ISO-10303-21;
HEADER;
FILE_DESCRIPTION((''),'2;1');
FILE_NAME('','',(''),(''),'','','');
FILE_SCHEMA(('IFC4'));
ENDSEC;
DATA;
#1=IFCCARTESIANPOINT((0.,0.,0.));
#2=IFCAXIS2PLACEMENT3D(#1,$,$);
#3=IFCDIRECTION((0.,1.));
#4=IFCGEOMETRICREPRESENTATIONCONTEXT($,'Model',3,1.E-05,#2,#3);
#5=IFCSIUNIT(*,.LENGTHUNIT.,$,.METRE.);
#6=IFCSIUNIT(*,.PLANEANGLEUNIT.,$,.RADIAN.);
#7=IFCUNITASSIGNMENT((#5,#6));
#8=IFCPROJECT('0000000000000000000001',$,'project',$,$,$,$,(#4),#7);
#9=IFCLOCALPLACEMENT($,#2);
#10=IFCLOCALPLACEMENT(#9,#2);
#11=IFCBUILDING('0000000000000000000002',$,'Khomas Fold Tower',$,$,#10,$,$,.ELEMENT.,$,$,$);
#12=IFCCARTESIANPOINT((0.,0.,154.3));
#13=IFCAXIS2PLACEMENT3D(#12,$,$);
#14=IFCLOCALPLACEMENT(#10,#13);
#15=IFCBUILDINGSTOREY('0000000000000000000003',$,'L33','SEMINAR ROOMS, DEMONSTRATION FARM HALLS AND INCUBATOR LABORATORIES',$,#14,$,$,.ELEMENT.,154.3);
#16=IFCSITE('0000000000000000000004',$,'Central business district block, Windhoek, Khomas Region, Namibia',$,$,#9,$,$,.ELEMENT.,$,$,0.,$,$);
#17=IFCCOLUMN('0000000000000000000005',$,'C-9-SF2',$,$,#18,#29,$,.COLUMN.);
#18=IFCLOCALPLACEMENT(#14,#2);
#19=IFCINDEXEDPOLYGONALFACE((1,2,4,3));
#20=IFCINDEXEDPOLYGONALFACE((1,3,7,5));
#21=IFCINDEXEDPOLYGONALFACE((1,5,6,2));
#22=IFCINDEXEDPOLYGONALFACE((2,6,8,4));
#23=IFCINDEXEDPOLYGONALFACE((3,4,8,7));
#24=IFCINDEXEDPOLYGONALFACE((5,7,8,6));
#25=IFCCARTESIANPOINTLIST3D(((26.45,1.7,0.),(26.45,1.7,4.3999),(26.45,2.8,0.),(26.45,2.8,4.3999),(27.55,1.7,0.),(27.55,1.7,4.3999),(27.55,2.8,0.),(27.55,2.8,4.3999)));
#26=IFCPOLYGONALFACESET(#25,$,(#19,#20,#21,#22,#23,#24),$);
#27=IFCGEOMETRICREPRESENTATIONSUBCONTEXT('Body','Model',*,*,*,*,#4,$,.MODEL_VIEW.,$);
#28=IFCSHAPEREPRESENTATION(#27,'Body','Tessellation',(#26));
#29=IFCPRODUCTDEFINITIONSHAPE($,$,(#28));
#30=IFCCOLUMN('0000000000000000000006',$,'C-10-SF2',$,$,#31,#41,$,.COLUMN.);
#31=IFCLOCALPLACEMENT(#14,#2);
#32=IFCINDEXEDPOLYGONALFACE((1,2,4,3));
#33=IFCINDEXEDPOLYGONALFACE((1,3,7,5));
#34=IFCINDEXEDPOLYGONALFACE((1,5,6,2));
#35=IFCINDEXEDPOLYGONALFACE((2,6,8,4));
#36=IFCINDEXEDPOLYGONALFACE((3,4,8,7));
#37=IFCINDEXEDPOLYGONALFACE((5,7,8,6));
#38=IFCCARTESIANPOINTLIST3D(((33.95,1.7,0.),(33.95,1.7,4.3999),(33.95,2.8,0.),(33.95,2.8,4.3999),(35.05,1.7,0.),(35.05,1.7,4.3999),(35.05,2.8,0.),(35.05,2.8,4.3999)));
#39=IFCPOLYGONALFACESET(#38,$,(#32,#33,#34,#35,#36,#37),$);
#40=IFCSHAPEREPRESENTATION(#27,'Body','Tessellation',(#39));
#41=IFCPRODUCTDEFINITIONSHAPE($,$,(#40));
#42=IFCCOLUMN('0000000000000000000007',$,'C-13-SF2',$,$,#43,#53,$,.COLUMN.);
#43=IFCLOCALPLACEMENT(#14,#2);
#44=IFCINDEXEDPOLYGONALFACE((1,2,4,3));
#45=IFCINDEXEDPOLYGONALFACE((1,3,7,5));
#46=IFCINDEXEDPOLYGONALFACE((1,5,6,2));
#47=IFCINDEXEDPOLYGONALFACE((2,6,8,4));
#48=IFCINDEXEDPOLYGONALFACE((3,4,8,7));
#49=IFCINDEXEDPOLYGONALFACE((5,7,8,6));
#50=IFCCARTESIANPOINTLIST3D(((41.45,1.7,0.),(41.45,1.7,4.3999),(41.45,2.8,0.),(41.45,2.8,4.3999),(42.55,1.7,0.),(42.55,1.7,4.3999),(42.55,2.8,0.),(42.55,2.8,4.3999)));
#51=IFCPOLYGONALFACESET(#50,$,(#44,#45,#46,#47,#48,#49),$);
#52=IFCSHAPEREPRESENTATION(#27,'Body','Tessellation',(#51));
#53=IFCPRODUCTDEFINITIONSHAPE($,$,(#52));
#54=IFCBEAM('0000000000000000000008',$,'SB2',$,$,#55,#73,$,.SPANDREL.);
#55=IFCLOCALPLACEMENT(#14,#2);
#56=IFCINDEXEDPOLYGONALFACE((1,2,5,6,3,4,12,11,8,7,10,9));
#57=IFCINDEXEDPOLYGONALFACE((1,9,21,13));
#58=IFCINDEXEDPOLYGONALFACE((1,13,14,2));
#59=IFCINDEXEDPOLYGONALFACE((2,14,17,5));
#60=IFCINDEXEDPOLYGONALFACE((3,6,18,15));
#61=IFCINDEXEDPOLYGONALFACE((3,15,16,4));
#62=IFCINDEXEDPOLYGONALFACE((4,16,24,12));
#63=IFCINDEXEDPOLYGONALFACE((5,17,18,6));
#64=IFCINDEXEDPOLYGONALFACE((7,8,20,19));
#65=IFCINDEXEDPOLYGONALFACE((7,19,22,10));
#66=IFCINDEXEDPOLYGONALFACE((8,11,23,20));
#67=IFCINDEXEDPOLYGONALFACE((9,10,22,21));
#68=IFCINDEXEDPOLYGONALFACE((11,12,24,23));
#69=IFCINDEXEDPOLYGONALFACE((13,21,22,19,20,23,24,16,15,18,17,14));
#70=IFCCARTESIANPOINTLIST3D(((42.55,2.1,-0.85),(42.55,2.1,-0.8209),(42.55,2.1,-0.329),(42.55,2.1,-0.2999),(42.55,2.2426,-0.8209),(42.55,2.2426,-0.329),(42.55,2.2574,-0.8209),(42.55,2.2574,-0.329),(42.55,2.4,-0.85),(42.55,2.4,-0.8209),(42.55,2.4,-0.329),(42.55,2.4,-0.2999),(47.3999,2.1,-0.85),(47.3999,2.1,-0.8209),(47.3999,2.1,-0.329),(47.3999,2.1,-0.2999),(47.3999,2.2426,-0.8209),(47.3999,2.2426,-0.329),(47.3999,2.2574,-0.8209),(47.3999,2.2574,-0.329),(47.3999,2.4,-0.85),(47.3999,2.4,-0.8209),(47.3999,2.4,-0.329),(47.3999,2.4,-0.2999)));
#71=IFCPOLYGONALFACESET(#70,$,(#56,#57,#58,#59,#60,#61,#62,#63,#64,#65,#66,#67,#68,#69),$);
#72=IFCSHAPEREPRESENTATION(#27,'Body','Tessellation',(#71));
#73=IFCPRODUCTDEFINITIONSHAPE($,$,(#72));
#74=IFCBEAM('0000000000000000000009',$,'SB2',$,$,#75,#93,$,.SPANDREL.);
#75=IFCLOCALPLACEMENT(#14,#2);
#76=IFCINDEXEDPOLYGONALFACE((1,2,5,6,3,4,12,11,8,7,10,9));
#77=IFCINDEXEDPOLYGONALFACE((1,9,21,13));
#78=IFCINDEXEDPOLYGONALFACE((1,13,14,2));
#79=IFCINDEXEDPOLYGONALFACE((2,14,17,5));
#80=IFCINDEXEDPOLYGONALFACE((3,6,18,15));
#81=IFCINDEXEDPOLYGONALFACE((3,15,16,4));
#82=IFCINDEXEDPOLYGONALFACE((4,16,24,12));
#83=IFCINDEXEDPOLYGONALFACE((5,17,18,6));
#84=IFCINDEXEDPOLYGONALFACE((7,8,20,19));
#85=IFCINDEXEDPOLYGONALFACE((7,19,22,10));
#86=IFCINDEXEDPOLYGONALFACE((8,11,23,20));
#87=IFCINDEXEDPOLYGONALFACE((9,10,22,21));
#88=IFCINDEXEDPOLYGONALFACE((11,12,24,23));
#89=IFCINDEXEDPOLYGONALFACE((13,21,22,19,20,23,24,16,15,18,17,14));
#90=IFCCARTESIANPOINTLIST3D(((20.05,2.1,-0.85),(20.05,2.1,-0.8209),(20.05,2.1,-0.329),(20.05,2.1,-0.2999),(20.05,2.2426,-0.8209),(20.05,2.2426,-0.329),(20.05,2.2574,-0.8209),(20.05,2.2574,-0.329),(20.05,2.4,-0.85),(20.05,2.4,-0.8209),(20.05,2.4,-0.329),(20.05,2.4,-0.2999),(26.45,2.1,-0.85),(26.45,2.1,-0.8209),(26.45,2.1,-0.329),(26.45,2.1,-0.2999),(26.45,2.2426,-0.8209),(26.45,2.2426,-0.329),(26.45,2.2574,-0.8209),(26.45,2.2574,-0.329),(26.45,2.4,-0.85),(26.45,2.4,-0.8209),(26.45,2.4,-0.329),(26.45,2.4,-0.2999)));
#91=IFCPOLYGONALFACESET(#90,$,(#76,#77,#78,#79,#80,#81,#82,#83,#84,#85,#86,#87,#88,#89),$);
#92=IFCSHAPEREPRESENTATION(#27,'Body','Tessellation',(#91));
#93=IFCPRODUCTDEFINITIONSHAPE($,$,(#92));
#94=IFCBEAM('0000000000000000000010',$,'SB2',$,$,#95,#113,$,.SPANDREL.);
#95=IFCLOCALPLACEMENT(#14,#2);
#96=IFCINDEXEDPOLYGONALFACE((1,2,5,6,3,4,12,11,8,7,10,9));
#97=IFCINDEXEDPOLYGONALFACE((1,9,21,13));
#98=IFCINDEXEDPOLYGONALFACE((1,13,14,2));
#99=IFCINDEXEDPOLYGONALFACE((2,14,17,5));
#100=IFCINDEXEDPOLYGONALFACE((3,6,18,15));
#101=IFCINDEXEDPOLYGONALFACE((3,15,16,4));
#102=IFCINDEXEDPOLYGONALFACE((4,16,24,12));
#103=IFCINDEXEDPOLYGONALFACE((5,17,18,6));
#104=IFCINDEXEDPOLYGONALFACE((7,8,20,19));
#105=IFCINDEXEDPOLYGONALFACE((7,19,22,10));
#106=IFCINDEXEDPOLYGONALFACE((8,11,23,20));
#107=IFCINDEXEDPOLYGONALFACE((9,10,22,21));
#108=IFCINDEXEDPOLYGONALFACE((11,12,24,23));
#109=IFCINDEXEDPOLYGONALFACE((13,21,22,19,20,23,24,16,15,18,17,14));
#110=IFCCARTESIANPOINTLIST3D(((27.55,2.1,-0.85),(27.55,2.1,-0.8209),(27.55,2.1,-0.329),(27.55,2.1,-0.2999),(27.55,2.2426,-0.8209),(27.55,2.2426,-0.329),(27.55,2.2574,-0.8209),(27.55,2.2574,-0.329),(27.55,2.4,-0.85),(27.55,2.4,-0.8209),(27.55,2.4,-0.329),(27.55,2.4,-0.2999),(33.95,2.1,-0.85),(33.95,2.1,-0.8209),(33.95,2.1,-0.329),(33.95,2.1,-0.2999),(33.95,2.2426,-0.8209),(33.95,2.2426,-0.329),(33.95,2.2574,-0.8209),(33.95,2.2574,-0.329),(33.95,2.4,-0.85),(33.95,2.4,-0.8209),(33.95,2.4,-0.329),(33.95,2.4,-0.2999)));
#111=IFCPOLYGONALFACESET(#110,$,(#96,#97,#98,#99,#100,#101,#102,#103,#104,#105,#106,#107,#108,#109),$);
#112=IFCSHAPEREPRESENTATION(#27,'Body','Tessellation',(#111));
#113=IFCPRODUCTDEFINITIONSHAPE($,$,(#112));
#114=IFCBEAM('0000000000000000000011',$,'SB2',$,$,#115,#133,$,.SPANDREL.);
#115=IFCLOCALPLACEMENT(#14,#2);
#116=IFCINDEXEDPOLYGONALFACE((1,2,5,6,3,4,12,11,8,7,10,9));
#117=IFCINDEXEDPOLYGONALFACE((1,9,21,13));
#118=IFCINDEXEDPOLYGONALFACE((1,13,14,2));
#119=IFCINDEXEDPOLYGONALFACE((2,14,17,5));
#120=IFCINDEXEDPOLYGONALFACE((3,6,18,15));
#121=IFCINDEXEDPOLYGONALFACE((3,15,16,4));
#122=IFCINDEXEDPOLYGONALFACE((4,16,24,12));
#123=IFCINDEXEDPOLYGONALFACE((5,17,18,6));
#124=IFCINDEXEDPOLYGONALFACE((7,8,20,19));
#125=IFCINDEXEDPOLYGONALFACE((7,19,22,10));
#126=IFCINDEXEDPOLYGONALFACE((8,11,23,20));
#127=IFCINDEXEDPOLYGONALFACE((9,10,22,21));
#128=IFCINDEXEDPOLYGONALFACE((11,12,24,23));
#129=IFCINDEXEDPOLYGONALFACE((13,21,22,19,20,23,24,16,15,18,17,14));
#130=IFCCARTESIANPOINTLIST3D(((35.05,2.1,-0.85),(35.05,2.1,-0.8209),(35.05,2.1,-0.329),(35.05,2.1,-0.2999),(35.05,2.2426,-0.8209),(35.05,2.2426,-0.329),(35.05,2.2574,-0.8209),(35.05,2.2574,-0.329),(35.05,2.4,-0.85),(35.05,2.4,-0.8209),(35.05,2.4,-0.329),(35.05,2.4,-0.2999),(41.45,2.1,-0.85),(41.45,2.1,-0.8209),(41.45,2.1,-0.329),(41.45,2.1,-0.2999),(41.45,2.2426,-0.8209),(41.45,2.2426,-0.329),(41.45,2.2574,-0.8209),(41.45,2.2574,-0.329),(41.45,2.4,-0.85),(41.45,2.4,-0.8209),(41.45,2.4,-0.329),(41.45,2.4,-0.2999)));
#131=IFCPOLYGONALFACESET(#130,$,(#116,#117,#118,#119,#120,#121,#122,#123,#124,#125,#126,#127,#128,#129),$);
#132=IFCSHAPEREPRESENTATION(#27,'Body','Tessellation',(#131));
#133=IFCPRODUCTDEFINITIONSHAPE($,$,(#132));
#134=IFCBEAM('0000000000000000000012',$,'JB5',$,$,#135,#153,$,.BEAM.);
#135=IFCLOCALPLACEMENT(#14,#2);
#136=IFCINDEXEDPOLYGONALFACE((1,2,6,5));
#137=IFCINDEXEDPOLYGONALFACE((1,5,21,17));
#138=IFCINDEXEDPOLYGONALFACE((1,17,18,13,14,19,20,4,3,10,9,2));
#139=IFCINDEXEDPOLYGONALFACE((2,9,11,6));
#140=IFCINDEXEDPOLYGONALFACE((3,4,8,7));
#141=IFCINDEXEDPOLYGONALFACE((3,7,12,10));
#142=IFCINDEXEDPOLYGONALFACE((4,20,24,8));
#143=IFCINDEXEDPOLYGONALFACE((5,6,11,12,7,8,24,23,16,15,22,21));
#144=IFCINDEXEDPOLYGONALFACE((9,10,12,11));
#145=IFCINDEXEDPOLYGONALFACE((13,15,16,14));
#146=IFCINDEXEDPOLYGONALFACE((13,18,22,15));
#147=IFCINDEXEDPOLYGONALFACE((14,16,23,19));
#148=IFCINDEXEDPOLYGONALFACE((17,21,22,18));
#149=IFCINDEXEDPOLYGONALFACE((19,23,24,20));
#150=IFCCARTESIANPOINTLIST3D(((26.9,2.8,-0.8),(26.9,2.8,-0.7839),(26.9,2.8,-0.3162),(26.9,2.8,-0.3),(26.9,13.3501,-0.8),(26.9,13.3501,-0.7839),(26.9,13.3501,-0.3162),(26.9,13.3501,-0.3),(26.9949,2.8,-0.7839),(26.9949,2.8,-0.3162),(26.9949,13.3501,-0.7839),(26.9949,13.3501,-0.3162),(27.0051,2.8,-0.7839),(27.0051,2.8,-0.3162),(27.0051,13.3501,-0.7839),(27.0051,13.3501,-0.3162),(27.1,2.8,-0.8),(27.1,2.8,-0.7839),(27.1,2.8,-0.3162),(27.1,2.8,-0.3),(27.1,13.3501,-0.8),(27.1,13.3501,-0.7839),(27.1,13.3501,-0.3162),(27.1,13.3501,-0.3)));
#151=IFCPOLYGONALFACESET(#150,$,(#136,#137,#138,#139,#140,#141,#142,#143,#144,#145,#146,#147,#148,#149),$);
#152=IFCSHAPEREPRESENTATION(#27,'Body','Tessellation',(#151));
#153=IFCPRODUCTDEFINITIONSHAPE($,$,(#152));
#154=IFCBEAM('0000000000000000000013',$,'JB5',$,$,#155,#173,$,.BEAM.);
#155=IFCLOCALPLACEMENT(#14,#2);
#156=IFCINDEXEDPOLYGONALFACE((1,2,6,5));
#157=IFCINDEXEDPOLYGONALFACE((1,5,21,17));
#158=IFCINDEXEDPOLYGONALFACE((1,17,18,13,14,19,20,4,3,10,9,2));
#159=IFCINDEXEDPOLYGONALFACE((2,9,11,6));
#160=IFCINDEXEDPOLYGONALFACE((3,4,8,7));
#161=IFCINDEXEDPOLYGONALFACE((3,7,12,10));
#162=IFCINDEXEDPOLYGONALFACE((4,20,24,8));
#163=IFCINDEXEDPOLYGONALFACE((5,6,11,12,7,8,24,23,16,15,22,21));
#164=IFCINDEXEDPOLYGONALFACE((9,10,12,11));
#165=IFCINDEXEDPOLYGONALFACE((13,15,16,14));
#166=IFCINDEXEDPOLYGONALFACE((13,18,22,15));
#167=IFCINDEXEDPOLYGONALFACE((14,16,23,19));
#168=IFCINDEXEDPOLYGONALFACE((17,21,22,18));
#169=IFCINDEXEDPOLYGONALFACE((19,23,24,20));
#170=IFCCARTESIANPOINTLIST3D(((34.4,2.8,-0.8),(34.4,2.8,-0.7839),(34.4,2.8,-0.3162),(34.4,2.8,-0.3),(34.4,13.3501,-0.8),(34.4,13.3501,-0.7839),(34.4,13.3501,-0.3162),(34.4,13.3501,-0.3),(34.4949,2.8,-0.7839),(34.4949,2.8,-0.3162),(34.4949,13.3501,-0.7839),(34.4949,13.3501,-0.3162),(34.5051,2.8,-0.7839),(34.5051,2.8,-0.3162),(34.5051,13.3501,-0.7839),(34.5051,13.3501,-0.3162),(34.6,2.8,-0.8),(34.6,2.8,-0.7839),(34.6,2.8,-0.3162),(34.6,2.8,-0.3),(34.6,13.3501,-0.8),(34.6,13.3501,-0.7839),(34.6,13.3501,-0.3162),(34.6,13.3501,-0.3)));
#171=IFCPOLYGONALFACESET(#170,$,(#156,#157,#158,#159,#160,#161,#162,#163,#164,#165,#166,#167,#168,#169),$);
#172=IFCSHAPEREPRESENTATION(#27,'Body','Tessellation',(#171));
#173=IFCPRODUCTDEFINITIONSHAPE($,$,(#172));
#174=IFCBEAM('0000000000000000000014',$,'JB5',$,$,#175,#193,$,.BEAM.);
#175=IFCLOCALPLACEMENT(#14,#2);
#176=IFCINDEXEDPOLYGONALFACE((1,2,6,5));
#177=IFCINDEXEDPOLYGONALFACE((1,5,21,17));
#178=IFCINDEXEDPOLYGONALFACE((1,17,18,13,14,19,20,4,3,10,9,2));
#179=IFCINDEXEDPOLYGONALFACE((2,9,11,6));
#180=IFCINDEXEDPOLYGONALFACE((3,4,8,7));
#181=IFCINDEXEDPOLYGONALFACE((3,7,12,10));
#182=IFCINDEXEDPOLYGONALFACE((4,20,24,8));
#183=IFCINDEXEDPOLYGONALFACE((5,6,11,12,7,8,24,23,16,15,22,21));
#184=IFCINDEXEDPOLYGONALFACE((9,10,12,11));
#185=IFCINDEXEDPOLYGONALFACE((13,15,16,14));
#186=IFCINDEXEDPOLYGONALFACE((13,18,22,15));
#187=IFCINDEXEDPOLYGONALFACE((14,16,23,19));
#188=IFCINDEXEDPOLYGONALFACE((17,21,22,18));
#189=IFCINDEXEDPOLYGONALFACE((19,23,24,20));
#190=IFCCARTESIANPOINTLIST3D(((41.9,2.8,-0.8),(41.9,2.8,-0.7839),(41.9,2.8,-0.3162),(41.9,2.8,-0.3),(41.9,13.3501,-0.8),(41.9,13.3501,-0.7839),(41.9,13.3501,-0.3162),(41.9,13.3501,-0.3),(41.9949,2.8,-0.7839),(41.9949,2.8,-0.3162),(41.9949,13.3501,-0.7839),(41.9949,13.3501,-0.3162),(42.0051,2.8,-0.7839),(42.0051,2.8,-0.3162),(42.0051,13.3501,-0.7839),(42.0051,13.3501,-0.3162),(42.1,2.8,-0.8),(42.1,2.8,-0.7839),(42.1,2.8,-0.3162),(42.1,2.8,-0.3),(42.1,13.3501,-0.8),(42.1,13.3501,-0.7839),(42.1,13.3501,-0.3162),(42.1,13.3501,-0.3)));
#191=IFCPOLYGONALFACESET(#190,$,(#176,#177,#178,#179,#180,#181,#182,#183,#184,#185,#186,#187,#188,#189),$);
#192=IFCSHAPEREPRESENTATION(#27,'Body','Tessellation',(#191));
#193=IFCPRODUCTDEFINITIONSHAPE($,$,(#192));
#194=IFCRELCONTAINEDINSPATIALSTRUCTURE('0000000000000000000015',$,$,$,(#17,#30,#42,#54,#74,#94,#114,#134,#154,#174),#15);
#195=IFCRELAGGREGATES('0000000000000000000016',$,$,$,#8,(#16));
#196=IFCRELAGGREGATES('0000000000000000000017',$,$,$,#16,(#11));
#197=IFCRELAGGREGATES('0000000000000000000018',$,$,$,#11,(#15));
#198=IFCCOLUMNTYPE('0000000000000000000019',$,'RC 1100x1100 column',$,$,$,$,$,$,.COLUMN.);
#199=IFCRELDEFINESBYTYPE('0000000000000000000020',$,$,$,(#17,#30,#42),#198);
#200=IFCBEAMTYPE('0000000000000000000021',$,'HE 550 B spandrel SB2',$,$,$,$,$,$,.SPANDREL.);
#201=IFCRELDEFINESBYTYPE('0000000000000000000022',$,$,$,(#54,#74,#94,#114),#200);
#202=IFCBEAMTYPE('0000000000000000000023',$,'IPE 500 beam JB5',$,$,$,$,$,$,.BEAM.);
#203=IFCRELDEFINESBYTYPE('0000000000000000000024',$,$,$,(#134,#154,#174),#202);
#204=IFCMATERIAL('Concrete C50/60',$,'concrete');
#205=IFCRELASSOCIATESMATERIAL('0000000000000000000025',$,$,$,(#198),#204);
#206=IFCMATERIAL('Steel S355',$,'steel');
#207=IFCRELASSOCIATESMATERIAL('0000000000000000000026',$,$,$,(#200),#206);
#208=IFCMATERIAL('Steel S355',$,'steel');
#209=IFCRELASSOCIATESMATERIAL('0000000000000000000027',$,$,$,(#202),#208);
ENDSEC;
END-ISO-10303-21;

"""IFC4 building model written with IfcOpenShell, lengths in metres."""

from ifc_helpers import new_model, si_unit, direction, frame, origin, origin_2d, place, context, subcontext, project, spatial, rectangle, i_section, extrude, source, transform, mapped, material, material_profile, profile_set, type_object, element, save


model = new_model("IFC4")

# Units and contexts
model_context = context("Model", 3, precision=1e-05, world=origin(), true_north=direction((0.0, 1.0)))
body_context = subcontext(model_context, "Body", "Model", "MODEL_VIEW")
ifc_project = project(units=[si_unit("LENGTHUNIT", "METRE"), si_unit("PLANEANGLEUNIT", "RADIAN")], contexts=[model_context])

# Site, building, storey
site_placement = place(None, origin())
site = spatial("IfcSite", under=ifc_project, at=site_placement, Name="Central business district block, Windhoek, Khomas Region, Namibia", CompositionType="ELEMENT", RefElevation=0.0)
building_placement = place(site_placement, origin())
building = spatial("IfcBuilding", under=site, at=building_placement, Name="Khomas Fold Tower", CompositionType="ELEMENT")
storey_placement = place(building_placement, frame((0.0, 0.0, 154.3)))
storey = spatial("IfcBuildingStorey", under=building, at=storey_placement, Name="L33", Description="SEMINAR ROOMS, DEMONSTRATION FARM HALLS AND INCUBATOR LABORATORIES", CompositionType="ELEMENT", Elevation=154.3)

# Columns
ifc_material_1 = material(Name="Concrete C50/60", Category="concrete")
ifc_material_profile_1 = material_profile(ifc_material_1, rectangle(XDim=1.1001, YDim=1.1001, at=origin_2d()), Name="RC 1100x1100")
ifc_profile_set_1 = profile_set([ifc_material_profile_1], Name="Concrete C50/60")
column_type = type_object("IfcColumnType", Name="RC 1100x1100 column", PredefinedType="COLUMN", material=ifc_profile_set_1)
shared_shape_1 = source(origin(), body_context, "Body", "SweptSolid", [
    extrude(rectangle(XDim=1.1001, YDim=1.1001, at=origin_2d()), origin(), (0.0, 0.0, 1.0), 4.3999),
])
for number, where, z_axis, x_axis, name in (
    (1, (27.0, 2.25, 0.0), (0.0, 0.0, 1.0), (1.0, 0.0, 0.0), "C-9-SF2"),
    (2, (34.5, 2.25, 0.0), (0.0, 0.0, 1.0), (1.0, 0.0, 0.0), "C-10-SF2"),
    (3, (42.0, 2.25, 0.0), (0.0, 0.0, 1.0), (1.0, 0.0, 0.0), "C-13-SF2"),
):
    element("IfcColumn", number, at=place(storey_placement, frame(where, z_axis=z_axis, x_axis=x_axis)), inside=storey, type_object=column_type, Name=name, PredefinedType="COLUMN", context=body_context, shape_type="MappedRepresentation", body=[
        mapped(shared_shape_1, transform((0.0, 0.0, 0.0))),
    ])

# Beams
ifc_material_2 = material(Name="Steel S355", Category="steel")
ifc_material_profile_2 = material_profile(ifc_material_2, i_section(OverallWidth=0.3, OverallDepth=0.55, WebThickness=0.0149, FlangeThickness=0.0291, at=origin_2d()), Name="HE 550 B")
ifc_profile_set_2 = profile_set([ifc_material_profile_2], Name="Steel S355")
beam_type_1 = type_object("IfcBeamType", Name="HE 550 B spandrel SB2", PredefinedType="SPANDREL", material=ifc_profile_set_2)
shared_shape_2 = source(origin(), body_context, "Body", "SweptSolid", [
    extrude(i_section(OverallWidth=0.3, OverallDepth=0.55, WebThickness=0.0149, FlangeThickness=0.0291, at=origin_2d()), origin(), (0.0, 0.0, 1.0), 4.8499),
])
beam_placement = place(storey_placement, frame((42.55, 2.25, -0.575), z_axis=(1.0, 0.0, 0.0), x_axis=(0.0, 1.0, 0.0)))
element("IfcBeam", 4, at=beam_placement, inside=storey, type_object=beam_type_1, Name="SB2", PredefinedType="SPANDREL", context=body_context, shape_type="MappedRepresentation", body=[
    mapped(shared_shape_2, transform((0.0, 0.0, 0.0))),
])
shared_shape_3 = source(origin(), body_context, "Body", "SweptSolid", [
    extrude(i_section(OverallWidth=0.3, OverallDepth=0.55, WebThickness=0.0149, FlangeThickness=0.0291, at=origin_2d()), origin(), (0.0, 0.0, 1.0), 6.3999),
])
for number, where, z_axis, x_axis, name in (
    (5, (20.05, 2.25, -0.575), (1.0, 0.0, 0.0), (0.0, 1.0, 0.0), "SB2"),
    (6, (27.55, 2.25, -0.575), (1.0, 0.0, 0.0), (0.0, 1.0, 0.0), "SB2"),
    (7, (35.05, 2.25, -0.575), (1.0, 0.0, 0.0), (0.0, 1.0, 0.0), "SB2"),
):
    element("IfcBeam", number, at=place(storey_placement, frame(where, z_axis=z_axis, x_axis=x_axis)), inside=storey, type_object=beam_type_1, Name=name, PredefinedType="SPANDREL", context=body_context, shape_type="MappedRepresentation", body=[
        mapped(shared_shape_3, transform((0.0, 0.0, 0.0))),
    ])
ifc_material_3 = material(Name="Steel S355", Category="steel")
ifc_material_profile_3 = material_profile(ifc_material_3, i_section(OverallWidth=0.2, OverallDepth=0.5, WebThickness=0.0103, FlangeThickness=0.0161, at=origin_2d()), Name="IPE 500")
ifc_profile_set_3 = profile_set([ifc_material_profile_3], Name="Steel S355")
beam_type_2 = type_object("IfcBeamType", Name="IPE 500 beam JB5", PredefinedType="BEAM", material=ifc_profile_set_3)
shared_shape_4 = source(origin(), body_context, "Body", "SweptSolid", [
    extrude(i_section(OverallWidth=0.2, OverallDepth=0.5, WebThickness=0.0103, FlangeThickness=0.0161, at=origin_2d()), origin(), (0.0, 0.0, 1.0), 10.55),
])
for number, where, z_axis, x_axis, name in (
    (8, (27.0, 2.8, -0.55), (0.0, 1.0, 0.0), (-1.0, 0.0, 0.0), "JB5"),
    (9, (34.5, 2.8, -0.55), (0.0, 1.0, 0.0), (-1.0, 0.0, 0.0), "JB5"),
    (10, (42.0, 2.8, -0.55), (0.0, 1.0, 0.0), (-1.0, 0.0, 0.0), "JB5"),
):
    element("IfcBeam", number, at=place(storey_placement, frame(where, z_axis=z_axis, x_axis=x_axis)), inside=storey, type_object=beam_type_2, Name=name, PredefinedType="BEAM", context=body_context, shape_type="MappedRepresentation", body=[
        mapped(shared_shape_4, transform((0.0, 0.0, 0.0))),
    ])

save(model, "model.ifc")
